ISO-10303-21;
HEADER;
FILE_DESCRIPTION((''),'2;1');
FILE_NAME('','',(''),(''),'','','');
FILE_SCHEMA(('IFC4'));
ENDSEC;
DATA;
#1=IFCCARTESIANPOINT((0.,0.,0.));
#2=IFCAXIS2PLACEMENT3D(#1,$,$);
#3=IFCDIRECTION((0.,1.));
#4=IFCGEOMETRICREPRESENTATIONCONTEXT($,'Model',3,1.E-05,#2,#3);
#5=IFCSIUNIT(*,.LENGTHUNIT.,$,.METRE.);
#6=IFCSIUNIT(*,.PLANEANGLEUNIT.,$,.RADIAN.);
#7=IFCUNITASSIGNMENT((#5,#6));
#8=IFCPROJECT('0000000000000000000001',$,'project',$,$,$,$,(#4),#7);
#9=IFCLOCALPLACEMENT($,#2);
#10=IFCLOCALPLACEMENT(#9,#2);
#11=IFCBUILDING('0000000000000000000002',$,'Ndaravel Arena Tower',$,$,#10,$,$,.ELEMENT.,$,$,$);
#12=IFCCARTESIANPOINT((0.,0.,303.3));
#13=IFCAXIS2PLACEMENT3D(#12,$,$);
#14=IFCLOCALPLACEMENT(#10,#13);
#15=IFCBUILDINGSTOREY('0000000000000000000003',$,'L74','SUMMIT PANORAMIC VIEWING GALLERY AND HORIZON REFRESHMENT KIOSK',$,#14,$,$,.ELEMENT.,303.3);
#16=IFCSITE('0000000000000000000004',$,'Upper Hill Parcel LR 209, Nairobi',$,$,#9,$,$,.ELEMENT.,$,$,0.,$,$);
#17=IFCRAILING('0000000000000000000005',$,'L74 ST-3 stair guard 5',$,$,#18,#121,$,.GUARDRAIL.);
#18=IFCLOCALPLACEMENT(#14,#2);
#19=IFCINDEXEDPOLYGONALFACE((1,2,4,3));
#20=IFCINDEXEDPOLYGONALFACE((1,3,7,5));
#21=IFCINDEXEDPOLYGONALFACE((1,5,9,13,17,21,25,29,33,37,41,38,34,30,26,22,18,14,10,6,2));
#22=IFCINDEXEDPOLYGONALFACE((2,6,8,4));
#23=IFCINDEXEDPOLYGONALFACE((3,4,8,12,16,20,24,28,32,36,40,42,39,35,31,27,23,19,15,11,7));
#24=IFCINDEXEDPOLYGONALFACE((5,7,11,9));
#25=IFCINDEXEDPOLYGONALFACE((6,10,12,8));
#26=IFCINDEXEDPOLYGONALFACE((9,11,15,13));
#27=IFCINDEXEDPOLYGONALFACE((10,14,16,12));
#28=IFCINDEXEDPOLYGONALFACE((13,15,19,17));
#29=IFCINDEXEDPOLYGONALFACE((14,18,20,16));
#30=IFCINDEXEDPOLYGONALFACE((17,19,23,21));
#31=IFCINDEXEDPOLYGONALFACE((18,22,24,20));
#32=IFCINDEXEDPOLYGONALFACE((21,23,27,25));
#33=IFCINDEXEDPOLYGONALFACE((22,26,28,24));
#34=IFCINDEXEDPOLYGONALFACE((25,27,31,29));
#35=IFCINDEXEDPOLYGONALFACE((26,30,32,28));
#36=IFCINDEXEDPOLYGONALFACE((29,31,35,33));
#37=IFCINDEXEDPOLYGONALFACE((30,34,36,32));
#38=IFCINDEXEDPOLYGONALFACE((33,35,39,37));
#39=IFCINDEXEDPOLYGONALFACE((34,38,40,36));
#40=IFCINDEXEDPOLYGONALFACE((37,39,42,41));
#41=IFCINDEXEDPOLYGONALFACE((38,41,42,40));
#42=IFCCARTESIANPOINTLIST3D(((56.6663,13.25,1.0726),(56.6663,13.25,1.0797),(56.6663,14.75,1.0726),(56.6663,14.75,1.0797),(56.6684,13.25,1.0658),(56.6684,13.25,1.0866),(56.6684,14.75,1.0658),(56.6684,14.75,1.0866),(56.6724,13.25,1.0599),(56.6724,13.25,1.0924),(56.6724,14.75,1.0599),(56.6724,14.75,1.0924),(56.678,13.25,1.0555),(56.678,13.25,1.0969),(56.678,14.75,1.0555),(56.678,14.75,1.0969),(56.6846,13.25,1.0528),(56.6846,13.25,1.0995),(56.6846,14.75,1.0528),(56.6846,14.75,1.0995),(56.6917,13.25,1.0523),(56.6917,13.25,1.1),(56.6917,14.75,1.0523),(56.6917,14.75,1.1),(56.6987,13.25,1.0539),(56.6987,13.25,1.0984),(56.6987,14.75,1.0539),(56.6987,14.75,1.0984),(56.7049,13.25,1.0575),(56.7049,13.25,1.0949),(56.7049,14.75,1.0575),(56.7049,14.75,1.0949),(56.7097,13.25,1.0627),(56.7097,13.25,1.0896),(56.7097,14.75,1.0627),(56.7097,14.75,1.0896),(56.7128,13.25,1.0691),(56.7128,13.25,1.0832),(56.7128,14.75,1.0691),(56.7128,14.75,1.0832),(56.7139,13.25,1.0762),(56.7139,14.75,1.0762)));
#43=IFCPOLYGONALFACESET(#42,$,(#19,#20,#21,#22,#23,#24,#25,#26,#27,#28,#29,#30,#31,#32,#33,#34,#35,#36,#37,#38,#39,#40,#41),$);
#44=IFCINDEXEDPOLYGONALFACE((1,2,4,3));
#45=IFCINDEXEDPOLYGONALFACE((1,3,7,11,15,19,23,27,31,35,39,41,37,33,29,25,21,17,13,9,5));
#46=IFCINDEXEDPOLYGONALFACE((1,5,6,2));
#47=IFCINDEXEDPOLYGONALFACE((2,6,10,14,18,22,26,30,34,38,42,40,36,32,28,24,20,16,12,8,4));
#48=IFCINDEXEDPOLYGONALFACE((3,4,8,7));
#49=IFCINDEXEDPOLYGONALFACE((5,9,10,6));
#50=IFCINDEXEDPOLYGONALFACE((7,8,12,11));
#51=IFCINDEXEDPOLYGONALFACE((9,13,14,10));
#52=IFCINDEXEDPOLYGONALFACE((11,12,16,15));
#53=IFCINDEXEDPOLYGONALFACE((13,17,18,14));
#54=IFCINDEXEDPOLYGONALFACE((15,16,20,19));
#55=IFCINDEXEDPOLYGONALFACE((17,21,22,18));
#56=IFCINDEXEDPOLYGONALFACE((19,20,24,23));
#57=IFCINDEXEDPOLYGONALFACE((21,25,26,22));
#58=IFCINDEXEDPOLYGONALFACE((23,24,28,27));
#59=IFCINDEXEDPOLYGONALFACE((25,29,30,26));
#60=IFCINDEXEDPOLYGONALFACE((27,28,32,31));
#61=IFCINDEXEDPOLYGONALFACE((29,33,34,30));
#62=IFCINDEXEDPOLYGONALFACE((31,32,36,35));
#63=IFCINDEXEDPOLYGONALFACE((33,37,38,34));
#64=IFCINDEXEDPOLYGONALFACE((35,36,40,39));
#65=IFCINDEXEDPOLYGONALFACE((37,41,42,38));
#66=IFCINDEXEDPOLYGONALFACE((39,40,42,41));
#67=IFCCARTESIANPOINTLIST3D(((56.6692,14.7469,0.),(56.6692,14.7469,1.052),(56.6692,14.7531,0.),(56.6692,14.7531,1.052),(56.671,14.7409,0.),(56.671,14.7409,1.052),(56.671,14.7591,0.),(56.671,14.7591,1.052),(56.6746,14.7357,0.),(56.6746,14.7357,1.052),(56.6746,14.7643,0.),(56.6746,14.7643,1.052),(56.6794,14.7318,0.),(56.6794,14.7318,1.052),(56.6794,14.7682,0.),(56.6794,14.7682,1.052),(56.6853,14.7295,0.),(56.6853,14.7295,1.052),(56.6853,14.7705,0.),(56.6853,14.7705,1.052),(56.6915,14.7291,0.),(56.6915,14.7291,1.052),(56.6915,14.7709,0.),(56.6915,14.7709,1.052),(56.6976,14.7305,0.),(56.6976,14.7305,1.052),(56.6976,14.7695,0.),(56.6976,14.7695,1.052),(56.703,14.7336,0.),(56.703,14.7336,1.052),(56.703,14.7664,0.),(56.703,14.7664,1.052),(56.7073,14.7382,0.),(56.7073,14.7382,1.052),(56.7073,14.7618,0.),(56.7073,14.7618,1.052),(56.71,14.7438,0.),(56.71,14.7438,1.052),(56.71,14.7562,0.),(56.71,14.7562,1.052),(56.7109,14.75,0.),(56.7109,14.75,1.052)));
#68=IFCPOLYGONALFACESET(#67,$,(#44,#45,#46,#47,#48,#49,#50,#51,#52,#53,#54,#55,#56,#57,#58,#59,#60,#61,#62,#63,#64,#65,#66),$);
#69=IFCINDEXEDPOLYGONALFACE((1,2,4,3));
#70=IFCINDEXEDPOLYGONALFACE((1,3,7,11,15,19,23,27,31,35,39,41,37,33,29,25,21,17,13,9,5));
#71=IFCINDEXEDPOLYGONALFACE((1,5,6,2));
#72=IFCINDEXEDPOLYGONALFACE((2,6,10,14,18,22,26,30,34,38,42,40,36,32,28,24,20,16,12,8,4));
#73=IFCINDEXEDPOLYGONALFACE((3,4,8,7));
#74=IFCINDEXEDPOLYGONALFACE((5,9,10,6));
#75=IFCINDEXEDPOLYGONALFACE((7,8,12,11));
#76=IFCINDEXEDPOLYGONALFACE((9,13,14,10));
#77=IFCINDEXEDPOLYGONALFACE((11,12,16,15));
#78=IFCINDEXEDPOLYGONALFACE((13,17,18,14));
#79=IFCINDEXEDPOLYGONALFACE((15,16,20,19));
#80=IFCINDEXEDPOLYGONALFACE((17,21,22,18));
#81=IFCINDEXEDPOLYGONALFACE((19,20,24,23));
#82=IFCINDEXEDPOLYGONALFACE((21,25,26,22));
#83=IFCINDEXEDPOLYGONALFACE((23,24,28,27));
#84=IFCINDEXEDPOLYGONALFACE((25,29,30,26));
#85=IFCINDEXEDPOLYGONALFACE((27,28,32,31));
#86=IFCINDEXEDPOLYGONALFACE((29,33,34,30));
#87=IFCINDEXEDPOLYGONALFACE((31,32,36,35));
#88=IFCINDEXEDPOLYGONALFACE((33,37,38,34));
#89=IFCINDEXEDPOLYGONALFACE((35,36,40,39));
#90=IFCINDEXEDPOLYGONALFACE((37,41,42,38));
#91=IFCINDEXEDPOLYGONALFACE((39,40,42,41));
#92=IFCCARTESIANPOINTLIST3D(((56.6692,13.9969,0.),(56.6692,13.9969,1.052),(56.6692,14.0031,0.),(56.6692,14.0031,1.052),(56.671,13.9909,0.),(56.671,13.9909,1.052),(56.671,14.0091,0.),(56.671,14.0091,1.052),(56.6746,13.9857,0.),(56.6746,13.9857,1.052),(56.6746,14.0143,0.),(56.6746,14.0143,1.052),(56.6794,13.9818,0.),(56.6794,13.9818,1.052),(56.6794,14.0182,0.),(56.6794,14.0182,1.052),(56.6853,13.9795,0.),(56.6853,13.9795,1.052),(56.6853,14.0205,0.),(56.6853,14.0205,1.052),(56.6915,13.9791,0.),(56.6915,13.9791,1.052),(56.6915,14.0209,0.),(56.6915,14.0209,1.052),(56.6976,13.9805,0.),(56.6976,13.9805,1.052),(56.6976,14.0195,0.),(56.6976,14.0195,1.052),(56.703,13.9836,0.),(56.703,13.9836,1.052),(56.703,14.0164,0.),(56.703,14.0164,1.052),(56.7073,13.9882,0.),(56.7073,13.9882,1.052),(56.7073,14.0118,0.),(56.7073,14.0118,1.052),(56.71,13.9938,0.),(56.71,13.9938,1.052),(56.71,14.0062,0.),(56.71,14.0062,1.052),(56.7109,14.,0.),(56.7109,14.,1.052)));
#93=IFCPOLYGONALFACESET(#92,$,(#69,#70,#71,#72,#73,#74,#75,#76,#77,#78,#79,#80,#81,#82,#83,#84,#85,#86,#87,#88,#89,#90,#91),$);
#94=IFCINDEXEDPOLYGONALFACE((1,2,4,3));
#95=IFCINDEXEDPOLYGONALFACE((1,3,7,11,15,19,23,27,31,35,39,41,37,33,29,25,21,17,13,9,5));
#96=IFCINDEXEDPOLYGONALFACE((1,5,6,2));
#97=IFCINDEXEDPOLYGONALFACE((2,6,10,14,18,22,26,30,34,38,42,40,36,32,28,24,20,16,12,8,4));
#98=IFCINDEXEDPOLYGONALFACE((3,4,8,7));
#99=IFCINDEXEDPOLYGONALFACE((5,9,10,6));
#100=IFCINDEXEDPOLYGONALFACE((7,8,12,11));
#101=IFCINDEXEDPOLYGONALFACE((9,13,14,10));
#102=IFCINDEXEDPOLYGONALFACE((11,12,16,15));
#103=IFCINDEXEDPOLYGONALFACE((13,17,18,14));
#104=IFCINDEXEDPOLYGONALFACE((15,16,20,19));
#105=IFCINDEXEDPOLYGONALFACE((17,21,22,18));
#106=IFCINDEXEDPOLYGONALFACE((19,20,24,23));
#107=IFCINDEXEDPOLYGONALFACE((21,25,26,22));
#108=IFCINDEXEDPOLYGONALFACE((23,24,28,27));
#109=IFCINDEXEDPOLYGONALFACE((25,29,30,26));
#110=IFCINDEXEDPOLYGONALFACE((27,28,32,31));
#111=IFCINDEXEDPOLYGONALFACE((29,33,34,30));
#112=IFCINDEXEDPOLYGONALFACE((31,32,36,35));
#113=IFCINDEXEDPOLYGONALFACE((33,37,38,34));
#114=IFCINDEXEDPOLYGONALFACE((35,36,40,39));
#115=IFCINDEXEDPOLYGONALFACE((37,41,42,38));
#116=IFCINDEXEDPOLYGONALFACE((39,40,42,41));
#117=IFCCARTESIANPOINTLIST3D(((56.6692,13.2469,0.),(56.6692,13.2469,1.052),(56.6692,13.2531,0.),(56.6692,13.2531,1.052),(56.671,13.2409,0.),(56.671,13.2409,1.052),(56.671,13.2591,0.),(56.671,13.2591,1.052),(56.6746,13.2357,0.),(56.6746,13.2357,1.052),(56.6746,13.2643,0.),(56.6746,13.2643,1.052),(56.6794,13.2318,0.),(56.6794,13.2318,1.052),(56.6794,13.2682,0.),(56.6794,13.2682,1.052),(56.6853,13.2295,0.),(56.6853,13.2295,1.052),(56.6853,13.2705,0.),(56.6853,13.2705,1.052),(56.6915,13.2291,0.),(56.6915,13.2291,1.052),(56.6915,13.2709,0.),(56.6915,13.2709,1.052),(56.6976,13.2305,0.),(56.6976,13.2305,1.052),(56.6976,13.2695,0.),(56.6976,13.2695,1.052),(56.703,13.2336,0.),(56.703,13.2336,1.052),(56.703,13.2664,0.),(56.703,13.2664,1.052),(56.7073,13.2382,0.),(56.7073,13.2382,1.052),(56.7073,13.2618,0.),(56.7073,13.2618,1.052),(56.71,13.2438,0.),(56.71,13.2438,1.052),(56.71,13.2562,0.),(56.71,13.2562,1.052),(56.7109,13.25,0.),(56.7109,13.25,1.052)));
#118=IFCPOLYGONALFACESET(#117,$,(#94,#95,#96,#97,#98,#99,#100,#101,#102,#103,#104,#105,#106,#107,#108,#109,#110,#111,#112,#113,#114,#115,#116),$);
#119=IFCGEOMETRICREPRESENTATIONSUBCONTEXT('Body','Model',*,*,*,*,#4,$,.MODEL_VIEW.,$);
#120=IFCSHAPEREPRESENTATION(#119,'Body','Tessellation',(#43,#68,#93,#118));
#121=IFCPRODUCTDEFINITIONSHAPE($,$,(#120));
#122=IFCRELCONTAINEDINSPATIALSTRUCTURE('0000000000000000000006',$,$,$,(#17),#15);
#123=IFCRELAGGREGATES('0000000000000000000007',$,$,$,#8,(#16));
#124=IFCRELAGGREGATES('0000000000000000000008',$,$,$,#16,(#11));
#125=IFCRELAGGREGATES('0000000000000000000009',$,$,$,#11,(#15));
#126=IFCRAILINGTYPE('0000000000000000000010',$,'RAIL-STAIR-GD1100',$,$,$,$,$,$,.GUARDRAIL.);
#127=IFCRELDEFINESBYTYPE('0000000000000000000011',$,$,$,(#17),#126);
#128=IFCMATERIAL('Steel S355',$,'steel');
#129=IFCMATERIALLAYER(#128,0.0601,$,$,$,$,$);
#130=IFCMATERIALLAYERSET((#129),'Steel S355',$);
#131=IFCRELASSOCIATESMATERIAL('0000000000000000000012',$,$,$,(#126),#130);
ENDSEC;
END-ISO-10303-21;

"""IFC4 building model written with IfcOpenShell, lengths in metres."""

from ifc_helpers import new_model, si_unit, direction, frame, origin, origin_2d, place, context, subcontext, project, spatial, circle, extrude, material, layer, layer_set, type_object, element, save


model = new_model("IFC4")

# Units and contexts
model_context = context("Model", 3, precision=1e-05, world=origin(), true_north=direction((0.0, 1.0)))
body_context = subcontext(model_context, "Body", "Model", "MODEL_VIEW")
ifc_project = project(units=[si_unit("LENGTHUNIT", "METRE"), si_unit("PLANEANGLEUNIT", "RADIAN")], contexts=[model_context])

# Site, building, storey
site_placement = place(None, origin())
site = spatial("IfcSite", under=ifc_project, at=site_placement, Name="Upper Hill Parcel LR 209, Nairobi", CompositionType="ELEMENT", RefElevation=0.0)
building_placement = place(site_placement, origin())
building = spatial("IfcBuilding", under=site, at=building_placement, Name="Ndaravel Arena Tower", CompositionType="ELEMENT")
storey_placement = place(building_placement, frame((0.0, 0.0, 303.3)))
storey = spatial("IfcBuildingStorey", under=building, at=storey_placement, Name="L74", Description="SUMMIT PANORAMIC VIEWING GALLERY AND HORIZON REFRESHMENT KIOSK", CompositionType="ELEMENT", Elevation=303.3)

# Railing
ifc_material_1 = material(Name="Steel S355", Category="steel")
ifc_layer_1 = layer(ifc_material_1, 0.0601)
ifc_layer_set_1 = layer_set([ifc_layer_1], Name="Steel S355")
railing_type = type_object("IfcRailingType", Name="RAIL-STAIR-GD1100", PredefinedType="GUARDRAIL", material=ifc_layer_set_1)
railing_1_placement = place(storey_placement, frame((56.6899, 14.75, 0.0)))
element("IfcRailing", 1, at=railing_1_placement, inside=storey, type_object=railing_type, Name="L74 ST-3 stair guard 5", PredefinedType="GUARDRAIL", context=body_context, shape_type="SweptSolid", body=[
    extrude(circle(Radius=0.0239, at=origin_2d()), frame((0.0, 0.0, 1.0762), z_axis=(0.0, -1.0, 0.0), x_axis=(1.0, 0.0, 0.0)), (0.0, 0.0, 1.0), 1.5),
    extrude(circle(Radius=0.021, at=origin_2d()), origin(), (0.0, 0.0, 1.0), 1.052),
    extrude(circle(Radius=0.021, at=origin_2d()), frame((0.0, -0.75, 0.0)), (0.0, 0.0, 1.0), 1.052),
    extrude(circle(Radius=0.021, at=origin_2d()), frame((0.0, -1.5, 0.0)), (0.0, 0.0, 1.0), 1.052),
])

save(model, "model.ifc")
